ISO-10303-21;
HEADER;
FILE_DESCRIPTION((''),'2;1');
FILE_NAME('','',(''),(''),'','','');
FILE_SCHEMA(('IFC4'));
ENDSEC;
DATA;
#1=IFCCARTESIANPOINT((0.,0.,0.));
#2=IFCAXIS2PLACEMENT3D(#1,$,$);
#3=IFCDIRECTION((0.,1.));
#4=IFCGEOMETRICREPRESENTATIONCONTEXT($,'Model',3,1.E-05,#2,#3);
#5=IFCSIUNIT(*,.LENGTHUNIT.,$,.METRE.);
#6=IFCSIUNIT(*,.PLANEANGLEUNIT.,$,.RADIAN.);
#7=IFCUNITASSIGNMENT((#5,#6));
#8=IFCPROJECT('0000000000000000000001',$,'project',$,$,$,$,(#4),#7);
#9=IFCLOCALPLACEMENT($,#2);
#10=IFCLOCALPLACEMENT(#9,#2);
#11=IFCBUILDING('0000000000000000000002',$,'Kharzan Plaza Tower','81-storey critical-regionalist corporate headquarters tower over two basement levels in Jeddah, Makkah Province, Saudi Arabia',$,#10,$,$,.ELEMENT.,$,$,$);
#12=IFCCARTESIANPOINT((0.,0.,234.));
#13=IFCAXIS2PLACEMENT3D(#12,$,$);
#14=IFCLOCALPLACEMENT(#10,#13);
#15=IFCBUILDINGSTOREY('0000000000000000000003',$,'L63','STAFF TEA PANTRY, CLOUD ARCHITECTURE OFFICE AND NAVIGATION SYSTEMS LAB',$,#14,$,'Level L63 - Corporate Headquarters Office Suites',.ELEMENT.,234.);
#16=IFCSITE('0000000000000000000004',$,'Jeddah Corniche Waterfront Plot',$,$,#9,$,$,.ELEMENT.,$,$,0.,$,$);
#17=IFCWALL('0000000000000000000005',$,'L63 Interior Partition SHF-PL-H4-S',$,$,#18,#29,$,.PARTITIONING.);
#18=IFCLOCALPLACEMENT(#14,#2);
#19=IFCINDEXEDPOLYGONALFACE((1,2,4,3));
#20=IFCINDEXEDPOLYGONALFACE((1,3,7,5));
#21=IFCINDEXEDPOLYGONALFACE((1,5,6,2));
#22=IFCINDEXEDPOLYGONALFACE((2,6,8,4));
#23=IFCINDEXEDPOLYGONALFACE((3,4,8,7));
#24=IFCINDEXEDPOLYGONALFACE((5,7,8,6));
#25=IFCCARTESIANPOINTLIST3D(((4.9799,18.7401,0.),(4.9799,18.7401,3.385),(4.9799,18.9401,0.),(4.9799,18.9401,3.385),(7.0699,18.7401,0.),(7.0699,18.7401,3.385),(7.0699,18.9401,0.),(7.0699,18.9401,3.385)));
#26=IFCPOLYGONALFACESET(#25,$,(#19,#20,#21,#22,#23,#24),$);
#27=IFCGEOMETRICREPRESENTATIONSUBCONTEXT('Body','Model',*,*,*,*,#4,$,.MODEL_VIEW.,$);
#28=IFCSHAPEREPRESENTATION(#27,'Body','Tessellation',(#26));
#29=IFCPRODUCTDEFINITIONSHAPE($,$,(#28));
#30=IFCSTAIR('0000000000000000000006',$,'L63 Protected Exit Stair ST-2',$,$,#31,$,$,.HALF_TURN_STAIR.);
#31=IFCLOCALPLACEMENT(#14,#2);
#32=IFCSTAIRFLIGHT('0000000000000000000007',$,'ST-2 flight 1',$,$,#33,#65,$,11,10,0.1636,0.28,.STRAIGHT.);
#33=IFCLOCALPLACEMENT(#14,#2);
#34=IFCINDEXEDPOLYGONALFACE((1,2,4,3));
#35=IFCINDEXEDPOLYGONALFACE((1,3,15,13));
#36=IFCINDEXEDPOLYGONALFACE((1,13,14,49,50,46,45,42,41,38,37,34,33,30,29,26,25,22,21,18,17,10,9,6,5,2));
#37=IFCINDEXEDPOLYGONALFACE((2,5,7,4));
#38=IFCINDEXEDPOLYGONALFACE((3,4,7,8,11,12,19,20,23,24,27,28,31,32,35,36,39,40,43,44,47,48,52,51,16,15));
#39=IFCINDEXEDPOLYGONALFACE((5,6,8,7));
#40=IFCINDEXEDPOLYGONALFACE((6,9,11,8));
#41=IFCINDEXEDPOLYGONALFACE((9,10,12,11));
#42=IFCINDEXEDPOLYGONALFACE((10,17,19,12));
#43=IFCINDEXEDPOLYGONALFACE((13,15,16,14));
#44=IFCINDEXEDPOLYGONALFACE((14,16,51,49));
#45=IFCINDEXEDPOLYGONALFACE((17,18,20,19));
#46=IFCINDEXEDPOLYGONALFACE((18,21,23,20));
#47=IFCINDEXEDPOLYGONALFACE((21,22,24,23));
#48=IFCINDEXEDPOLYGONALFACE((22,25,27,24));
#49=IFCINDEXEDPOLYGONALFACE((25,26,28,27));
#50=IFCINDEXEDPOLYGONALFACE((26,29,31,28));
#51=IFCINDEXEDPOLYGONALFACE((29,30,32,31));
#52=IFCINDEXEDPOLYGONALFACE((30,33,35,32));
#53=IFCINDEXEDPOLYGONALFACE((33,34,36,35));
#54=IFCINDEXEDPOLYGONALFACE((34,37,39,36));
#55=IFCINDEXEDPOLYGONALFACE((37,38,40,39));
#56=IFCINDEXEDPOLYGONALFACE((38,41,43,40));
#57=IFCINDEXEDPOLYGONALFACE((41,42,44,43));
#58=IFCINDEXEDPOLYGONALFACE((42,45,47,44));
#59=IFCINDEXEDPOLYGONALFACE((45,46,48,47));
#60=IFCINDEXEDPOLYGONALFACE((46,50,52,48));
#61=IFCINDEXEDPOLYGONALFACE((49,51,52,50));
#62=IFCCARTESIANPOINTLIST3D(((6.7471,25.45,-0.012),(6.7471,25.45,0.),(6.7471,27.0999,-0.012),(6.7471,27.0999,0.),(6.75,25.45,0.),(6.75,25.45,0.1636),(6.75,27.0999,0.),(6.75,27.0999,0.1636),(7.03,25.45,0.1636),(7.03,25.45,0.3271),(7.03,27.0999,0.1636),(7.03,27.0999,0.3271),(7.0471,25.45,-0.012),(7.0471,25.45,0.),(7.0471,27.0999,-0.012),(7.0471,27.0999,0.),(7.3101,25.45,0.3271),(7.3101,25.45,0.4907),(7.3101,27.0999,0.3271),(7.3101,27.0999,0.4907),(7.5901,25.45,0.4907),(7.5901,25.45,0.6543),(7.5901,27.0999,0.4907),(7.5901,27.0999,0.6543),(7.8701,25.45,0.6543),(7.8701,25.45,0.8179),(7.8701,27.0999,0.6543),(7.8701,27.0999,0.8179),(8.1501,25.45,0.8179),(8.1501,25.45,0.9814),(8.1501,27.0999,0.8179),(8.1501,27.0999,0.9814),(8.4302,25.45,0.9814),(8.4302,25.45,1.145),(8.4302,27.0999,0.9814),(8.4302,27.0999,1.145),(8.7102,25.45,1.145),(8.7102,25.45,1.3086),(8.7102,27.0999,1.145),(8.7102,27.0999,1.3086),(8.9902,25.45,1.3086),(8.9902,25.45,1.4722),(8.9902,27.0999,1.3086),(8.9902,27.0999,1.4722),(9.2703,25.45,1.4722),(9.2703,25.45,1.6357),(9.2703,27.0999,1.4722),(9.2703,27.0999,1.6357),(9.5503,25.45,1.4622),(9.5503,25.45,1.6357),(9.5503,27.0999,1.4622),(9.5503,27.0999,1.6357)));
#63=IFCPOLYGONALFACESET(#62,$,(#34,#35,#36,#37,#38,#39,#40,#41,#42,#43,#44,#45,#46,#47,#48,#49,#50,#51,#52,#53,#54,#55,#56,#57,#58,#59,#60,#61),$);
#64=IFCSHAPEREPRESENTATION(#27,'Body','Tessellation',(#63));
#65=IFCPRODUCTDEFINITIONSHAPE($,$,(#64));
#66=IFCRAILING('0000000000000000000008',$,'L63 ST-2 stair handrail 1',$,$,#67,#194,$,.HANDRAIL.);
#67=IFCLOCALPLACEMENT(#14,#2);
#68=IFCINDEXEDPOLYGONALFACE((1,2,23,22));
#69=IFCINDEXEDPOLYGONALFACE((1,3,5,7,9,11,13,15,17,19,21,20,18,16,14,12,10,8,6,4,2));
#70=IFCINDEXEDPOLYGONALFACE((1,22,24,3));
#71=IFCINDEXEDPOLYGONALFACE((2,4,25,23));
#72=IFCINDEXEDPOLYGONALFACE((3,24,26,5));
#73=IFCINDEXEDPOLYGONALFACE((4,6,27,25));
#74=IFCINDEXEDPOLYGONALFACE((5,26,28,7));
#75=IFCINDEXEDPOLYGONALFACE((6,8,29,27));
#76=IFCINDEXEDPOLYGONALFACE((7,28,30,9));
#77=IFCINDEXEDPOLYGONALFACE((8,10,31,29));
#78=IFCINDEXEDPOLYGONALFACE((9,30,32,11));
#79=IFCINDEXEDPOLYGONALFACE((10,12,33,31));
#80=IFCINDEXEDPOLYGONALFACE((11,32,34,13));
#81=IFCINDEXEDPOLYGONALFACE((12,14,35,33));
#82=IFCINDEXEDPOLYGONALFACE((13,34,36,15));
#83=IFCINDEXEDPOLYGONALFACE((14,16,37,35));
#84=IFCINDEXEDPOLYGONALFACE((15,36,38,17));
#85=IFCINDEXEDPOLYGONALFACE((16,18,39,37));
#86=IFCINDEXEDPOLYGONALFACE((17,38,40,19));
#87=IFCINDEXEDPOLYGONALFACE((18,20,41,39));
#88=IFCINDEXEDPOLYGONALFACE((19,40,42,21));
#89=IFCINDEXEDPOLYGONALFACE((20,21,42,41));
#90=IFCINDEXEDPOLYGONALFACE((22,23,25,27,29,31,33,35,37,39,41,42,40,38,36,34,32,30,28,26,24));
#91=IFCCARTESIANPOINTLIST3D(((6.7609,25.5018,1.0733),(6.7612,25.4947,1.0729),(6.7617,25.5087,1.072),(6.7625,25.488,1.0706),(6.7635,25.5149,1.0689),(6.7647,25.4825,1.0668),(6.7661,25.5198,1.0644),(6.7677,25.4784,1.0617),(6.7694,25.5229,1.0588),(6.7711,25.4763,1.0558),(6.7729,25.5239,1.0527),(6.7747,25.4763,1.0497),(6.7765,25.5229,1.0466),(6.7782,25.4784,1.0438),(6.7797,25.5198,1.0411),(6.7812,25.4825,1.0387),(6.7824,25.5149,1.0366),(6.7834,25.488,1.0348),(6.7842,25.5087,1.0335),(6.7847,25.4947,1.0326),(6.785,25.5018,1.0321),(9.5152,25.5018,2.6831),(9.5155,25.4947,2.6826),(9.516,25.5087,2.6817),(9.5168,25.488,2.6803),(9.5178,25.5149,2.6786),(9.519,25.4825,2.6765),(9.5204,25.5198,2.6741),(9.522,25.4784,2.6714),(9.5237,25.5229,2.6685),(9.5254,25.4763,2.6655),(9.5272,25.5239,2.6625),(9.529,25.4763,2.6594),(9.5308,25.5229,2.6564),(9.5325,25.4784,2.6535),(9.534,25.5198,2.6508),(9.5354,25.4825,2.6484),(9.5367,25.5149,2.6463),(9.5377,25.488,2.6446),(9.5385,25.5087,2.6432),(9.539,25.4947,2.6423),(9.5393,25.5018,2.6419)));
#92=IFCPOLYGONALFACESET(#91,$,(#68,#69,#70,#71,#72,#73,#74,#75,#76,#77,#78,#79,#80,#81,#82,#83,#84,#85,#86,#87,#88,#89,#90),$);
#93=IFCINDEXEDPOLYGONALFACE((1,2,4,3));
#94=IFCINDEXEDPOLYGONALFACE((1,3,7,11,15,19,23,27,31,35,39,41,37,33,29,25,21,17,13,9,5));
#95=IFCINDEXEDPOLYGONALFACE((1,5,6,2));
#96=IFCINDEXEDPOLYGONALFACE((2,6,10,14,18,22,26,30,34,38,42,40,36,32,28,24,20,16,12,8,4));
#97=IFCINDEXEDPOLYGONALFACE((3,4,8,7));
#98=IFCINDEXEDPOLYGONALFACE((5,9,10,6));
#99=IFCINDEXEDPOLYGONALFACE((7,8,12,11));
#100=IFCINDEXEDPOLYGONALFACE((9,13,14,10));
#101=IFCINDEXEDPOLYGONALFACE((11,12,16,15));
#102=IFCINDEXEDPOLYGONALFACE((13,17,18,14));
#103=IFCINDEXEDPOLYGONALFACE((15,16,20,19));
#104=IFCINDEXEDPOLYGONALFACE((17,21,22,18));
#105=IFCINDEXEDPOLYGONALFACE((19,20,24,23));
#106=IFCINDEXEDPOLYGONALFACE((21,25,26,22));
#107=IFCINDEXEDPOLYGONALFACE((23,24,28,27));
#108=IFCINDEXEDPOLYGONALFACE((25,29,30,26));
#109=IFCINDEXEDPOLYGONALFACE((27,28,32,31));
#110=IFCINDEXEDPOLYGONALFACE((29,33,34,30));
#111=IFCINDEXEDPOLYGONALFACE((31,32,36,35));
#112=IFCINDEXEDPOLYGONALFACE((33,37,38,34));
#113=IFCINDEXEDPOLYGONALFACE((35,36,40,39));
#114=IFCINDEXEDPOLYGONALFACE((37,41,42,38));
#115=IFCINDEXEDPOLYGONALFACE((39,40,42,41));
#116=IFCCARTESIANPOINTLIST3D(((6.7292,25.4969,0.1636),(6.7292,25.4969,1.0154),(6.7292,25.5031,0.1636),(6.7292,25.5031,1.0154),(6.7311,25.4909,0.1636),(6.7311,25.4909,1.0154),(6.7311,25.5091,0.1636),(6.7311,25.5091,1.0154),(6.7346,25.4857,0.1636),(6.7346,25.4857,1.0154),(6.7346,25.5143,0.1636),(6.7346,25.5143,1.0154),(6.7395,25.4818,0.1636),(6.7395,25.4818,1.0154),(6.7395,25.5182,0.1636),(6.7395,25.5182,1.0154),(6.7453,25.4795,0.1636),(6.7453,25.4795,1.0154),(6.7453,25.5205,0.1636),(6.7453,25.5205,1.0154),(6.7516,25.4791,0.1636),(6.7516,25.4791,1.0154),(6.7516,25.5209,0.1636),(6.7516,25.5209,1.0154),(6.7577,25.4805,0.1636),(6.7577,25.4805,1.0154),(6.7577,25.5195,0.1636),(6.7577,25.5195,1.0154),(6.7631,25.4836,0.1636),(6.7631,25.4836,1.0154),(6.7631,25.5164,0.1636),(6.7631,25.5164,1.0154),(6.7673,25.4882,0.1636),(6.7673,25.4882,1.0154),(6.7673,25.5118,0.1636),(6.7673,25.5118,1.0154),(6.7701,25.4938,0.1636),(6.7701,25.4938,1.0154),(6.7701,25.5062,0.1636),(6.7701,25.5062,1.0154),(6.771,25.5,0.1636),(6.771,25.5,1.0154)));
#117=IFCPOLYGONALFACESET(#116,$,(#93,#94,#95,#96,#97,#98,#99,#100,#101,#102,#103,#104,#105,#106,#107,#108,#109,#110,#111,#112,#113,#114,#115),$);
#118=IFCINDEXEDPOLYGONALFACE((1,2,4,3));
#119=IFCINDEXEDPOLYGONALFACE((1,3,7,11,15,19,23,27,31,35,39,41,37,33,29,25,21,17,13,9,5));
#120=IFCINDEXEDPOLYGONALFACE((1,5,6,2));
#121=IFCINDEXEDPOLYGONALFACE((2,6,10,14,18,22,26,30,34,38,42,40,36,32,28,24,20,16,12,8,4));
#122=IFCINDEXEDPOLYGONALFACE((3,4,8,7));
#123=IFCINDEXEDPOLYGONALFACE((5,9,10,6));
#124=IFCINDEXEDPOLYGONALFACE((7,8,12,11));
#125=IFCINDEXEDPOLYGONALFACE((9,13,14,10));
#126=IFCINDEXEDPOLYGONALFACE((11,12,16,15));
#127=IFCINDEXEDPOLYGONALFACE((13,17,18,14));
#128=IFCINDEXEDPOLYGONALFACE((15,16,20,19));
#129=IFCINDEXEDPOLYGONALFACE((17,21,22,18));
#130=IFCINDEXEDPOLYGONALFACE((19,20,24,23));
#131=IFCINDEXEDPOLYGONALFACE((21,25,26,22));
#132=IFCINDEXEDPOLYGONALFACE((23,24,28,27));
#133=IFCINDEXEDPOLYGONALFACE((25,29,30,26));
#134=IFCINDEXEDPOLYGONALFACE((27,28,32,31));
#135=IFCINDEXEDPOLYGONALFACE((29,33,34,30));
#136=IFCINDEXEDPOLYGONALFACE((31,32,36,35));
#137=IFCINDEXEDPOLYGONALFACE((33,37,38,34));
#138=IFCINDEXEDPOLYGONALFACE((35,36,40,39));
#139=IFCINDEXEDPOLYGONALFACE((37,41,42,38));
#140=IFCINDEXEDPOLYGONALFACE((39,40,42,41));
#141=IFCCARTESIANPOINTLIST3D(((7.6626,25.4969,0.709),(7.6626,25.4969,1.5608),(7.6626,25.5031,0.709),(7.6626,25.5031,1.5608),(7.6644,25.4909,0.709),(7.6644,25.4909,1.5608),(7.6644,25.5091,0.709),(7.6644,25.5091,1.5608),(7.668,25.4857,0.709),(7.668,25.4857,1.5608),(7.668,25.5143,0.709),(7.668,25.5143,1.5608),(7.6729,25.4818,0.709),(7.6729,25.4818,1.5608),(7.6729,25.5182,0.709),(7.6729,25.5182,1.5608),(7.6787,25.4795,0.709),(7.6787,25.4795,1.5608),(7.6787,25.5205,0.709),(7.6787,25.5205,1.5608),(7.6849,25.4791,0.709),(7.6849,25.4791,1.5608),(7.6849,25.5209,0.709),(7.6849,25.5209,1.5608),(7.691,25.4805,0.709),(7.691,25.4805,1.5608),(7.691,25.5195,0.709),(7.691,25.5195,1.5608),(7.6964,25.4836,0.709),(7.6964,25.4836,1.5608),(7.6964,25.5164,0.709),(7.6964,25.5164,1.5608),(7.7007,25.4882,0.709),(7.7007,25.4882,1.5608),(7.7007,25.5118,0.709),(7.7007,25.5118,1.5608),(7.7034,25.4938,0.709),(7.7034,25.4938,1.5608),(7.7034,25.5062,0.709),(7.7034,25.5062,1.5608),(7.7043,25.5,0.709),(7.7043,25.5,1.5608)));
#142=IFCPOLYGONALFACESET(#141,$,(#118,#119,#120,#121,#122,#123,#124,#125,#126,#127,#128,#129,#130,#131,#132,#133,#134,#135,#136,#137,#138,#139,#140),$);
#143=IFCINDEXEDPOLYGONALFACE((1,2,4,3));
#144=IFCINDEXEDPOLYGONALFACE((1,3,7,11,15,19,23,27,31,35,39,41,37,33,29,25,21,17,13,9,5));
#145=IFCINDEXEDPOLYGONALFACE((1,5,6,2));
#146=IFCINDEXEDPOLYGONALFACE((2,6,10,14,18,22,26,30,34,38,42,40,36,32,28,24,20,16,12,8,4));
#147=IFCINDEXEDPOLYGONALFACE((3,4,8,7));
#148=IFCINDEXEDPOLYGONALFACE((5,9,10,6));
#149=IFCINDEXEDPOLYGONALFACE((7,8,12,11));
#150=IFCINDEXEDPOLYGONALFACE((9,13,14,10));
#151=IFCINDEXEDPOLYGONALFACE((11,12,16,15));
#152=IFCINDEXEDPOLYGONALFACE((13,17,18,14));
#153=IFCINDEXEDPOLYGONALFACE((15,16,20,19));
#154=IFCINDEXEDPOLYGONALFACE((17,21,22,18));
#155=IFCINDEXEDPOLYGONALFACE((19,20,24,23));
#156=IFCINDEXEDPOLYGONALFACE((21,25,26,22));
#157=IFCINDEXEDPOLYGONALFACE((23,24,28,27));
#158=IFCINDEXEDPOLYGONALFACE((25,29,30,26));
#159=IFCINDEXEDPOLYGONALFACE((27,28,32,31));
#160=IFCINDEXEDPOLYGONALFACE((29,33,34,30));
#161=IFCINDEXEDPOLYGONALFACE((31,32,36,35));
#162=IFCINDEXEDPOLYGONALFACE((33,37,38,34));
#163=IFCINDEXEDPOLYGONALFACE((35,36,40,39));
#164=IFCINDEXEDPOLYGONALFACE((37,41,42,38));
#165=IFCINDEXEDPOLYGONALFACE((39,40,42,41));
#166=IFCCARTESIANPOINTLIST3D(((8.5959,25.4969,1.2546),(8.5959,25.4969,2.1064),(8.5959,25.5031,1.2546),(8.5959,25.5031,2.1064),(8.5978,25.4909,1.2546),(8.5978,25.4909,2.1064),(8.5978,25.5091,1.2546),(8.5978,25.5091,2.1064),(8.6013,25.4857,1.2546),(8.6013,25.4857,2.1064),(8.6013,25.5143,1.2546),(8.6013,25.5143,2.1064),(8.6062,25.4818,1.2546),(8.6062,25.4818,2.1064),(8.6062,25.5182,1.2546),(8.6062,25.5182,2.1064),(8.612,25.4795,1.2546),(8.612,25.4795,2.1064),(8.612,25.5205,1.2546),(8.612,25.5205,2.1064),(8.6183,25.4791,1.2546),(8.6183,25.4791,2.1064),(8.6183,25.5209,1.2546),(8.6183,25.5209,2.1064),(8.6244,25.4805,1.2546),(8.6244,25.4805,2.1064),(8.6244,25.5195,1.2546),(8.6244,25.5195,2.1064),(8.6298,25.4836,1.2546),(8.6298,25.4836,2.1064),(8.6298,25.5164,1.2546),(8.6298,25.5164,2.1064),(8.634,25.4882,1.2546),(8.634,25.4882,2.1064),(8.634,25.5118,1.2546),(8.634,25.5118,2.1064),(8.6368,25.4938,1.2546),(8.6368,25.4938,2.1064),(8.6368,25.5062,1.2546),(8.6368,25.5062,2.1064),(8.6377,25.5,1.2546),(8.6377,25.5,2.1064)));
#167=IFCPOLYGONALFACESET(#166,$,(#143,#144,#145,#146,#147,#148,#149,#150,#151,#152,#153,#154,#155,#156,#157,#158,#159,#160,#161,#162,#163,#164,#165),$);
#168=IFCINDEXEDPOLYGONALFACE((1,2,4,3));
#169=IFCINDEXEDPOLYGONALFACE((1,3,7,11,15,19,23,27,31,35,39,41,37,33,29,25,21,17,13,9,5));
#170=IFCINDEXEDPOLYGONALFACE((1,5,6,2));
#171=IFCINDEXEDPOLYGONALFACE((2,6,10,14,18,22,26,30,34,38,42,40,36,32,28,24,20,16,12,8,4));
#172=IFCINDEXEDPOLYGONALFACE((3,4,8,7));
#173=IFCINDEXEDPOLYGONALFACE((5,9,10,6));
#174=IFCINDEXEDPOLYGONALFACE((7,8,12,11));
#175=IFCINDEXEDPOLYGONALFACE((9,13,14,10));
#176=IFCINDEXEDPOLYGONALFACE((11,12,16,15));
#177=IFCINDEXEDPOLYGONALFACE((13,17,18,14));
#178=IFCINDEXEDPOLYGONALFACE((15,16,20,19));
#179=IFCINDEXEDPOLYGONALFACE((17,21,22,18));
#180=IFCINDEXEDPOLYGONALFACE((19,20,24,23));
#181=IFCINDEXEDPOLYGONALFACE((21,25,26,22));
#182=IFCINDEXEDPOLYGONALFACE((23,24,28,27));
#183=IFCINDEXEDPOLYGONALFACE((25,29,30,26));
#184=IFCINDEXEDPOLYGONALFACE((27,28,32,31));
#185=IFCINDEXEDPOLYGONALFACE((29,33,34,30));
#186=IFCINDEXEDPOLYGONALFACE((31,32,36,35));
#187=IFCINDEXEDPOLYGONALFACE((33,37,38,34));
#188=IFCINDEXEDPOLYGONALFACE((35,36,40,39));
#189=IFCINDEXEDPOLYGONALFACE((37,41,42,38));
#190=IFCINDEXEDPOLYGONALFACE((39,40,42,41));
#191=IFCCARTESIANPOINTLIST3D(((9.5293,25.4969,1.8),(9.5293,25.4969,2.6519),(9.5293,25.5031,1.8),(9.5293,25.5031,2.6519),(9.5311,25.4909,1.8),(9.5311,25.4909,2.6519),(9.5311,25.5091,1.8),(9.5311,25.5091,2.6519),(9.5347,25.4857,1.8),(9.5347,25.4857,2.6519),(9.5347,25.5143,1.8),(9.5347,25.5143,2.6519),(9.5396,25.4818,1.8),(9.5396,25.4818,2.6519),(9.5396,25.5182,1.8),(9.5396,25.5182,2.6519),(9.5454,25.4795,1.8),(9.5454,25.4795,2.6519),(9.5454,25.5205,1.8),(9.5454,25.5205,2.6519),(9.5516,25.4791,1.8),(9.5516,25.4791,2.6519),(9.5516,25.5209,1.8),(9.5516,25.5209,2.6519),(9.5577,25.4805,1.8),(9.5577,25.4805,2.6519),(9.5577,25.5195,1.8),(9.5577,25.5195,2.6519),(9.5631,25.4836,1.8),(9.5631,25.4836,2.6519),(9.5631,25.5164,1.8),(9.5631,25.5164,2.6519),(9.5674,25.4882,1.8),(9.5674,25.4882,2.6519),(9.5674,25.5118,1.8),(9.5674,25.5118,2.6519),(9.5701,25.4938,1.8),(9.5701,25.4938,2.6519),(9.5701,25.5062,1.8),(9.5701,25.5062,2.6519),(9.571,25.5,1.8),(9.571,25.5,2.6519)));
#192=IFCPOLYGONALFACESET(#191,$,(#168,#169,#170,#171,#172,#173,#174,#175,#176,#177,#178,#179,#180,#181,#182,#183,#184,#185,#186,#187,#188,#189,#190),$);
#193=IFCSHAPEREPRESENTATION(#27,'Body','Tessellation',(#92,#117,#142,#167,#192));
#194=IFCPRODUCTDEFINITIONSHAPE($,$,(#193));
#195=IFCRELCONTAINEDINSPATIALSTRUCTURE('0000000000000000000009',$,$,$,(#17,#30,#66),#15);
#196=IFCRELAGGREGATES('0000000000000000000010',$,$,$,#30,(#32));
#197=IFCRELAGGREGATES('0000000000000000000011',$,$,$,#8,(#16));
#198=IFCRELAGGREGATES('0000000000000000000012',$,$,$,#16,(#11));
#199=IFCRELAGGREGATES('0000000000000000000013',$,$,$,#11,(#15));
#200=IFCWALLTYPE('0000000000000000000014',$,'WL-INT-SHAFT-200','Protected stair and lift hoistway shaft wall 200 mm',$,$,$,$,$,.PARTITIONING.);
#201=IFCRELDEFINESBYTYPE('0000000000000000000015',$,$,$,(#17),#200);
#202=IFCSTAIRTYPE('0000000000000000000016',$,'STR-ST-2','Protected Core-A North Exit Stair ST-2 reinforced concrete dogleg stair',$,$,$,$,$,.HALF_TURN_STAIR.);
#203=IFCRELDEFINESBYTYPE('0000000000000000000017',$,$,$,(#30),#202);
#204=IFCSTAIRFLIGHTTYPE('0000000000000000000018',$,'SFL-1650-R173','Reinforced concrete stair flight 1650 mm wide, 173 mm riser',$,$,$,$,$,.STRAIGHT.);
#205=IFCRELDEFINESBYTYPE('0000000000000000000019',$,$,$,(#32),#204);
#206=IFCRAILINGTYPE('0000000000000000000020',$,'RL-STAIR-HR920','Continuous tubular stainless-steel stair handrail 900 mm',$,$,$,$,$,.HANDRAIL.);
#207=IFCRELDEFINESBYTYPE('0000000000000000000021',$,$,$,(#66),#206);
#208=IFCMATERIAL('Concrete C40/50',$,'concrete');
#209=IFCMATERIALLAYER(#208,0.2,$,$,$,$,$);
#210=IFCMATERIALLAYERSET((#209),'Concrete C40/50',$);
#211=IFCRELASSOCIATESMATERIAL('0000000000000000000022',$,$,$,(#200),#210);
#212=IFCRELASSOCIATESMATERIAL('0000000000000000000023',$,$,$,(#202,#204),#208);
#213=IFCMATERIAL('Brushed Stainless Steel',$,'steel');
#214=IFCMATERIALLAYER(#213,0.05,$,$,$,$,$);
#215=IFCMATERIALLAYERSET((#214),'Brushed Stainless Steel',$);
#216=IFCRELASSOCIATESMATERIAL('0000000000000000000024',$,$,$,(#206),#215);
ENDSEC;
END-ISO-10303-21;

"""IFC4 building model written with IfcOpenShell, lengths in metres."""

from ifc_helpers import new_model, si_unit, direction, frame, frame_2d, origin, origin_2d, place, context, subcontext, project, spatial, polyline, rectangle, circle, outline, extrude, source, transform, mapped, material, layer, layer_set, type_object, element, aggregate, save


model = new_model("IFC4")

# Units and contexts
model_context = context("Model", 3, precision=1e-05, world=origin(), true_north=direction((0.0, 1.0)))
body_context = subcontext(model_context, "Body", "Model", "MODEL_VIEW")
ifc_project = project(units=[si_unit("LENGTHUNIT", "METRE"), si_unit("PLANEANGLEUNIT", "RADIAN")], contexts=[model_context])

# Site, building, storey
site_placement = place(None, origin())
site = spatial("IfcSite", under=ifc_project, at=site_placement, Name="Jeddah Corniche Waterfront Plot", CompositionType="ELEMENT", RefElevation=0.0)
building_placement = place(site_placement, origin())
building = spatial("IfcBuilding", under=site, at=building_placement, Name="Kharzan Plaza Tower", Description="81-storey critical-regionalist corporate headquarters tower over two basement levels in Jeddah, Makkah Province, Saudi Arabia", CompositionType="ELEMENT")
storey_placement = place(building_placement, frame((0.0, 0.0, 234.0)))
storey = spatial("IfcBuildingStorey", under=building, at=storey_placement, Name="L63", Description="STAFF TEA PANTRY, CLOUD ARCHITECTURE OFFICE AND NAVIGATION SYSTEMS LAB", LongName="Level L63 - Corporate Headquarters Office Suites", CompositionType="ELEMENT", Elevation=234.0)

# Shared definitions
ifc_material_1 = material(Name="Concrete C40/50", Category="concrete")

# Wall
ifc_layer_1 = layer(ifc_material_1, 0.2)
ifc_layer_set_1 = layer_set([ifc_layer_1], Name="Concrete C40/50")
wall_type_1 = type_object("IfcWallType", Name="WL-INT-SHAFT-200", Description="Protected stair and lift hoistway shaft wall 200 mm", PredefinedType="PARTITIONING", material=ifc_layer_set_1)
shared_shape_1 = source(origin(), body_context, "Body", "SweptSolid", [
    extrude(rectangle(XDim=2.0901, YDim=0.2, at=frame_2d((1.0449, 0.0))), origin(), (0.0, 0.0, 1.0), 3.385),
])
wall_1_placement = place(storey_placement, frame((4.98, 18.8401, 0.0), z_axis=(0.0, 0.0, 1.0), x_axis=(1.0, 0.0, 0.0)))
element("IfcWall", 1, at=wall_1_placement, inside=storey, type_object=wall_type_1, Name="L63 Interior Partition SHF-PL-H4-S", PredefinedType="PARTITIONING", context=body_context, shape_type="MappedRepresentation", body=[
    mapped(shared_shape_1, transform((0.0, 0.0, 0.0), x_axis=(1.0, 0.0, 0.0), y_axis=(0.0, 1.0, 0.0), z_axis=(0.0, 0.0, 1.0))),
])

# Stair, stair flight
stair_type = type_object("IfcStairType", Name="STR-ST-2", Description="Protected Core-A North Exit Stair ST-2 reinforced concrete dogleg stair", PredefinedType="HALF_TURN_STAIR", material=ifc_material_1)
stair_placement = place(storey_placement, origin())
stair = element("IfcStair", 2, at=stair_placement, inside=storey, type_object=stair_type, Name="L63 Protected Exit Stair ST-2", PredefinedType="HALF_TURN_STAIR")
stair_flight_type = type_object("IfcStairFlightType", Name="SFL-1650-R173", Description="Reinforced concrete stair flight 1650 mm wide, 173 mm riser", PredefinedType="STRAIGHT", material=ifc_material_1)
shared_shape_2 = source(origin(), body_context, "Body", "SweptSolid", [
    extrude(outline(polyline([(-0.0029, -0.012), (-0.0029, 0.0), (0.0, 0.0), (0.0, 0.1636), (0.28, 0.1636), (0.28, 0.3271), (0.5601, 0.3271), (0.5601, 0.4907), (0.8401, 0.4907), (0.8401, 0.6543), (1.1201, 0.6543), (1.1201, 0.8179), (1.4001, 0.8179), (1.4001, 0.9814), (1.6802, 0.9814), (1.6802, 1.145), (1.9602, 1.145), (1.9602, 1.3086), (2.2402, 1.3086), (2.2402, 1.4722), (2.5203, 1.4722), (2.5203, 1.6357), (2.8003, 1.6357), (2.8003, 1.7993), (2.8003, 1.4622), (0.2971, 0.0), (0.2971, -0.012), (-0.0029, -0.012)])), frame((0.0, 0.825, 0.0), z_axis=(0.0, -1.0, 0.0), x_axis=(1.0, 0.0, 0.0)), (0.0, 0.0, 1.0), 1.6499),
])
stair_flight_placement = place(storey_placement, frame((6.75, 26.2749, 0.0), z_axis=(0.0, 0.0, 1.0), x_axis=(1.0, 0.0, 0.0)))
stair_flight = element("IfcStairFlight", 3, at=stair_flight_placement, type_object=stair_flight_type, Name="ST-2 flight 1", NumberOfRisers=11, NumberOfTreads=10, PredefinedType="STRAIGHT", RiserHeight=0.1636, TreadLength=0.28, context=body_context, shape_type="MappedRepresentation", body=[
    mapped(shared_shape_2, transform((0.0, 0.0, 0.0), x_axis=(1.0, 0.0, 0.0), y_axis=(0.0, 1.0, 0.0), z_axis=(0.0, 0.0, 1.0))),
])
aggregate(stair, [stair_flight])

# Railing
ifc_material_2 = material(Name="Brushed Stainless Steel", Category="steel")
ifc_layer_2 = layer(ifc_material_2, 0.05)
ifc_layer_set_2 = layer_set([ifc_layer_2], Name="Brushed Stainless Steel")
railing_type = type_object("IfcRailingType", Name="RL-STAIR-HR920", Description="Continuous tubular stainless-steel stair handrail 900 mm", PredefinedType="HANDRAIL", material=ifc_layer_set_2)
shared_shape_3 = source(origin(), body_context, "Body", "SweptSolid", [
    extrude(circle(Radius=0.0239, at=origin_2d()), frame((0.0229, 0.0, 0.8892), z_axis=(0.863361, 0.0, 0.504587), x_axis=(0.0, 1.0, 0.0)), (0.0, 0.0, 1.0), 3.1902),
    extrude(circle(Radius=0.021, at=origin_2d()), origin(), (0.0, 0.0, 1.0), 0.8518),
    extrude(circle(Radius=0.021, at=origin_2d()), frame((0.9333, 0.0, 0.5454)), (0.0, 0.0, 1.0), 0.8518),
    extrude(circle(Radius=0.021, at=origin_2d()), frame((1.8667, 0.0, 1.0911)), (0.0, 0.0, 1.0), 0.8518),
    extrude(circle(Radius=0.021, at=origin_2d()), frame((2.8, 0.0, 1.6365)), (0.0, 0.0, 1.0), 0.8518),
])
railing_placement = place(storey_placement, frame((6.75, 25.5, 0.1636)))
element("IfcRailing", 4, at=railing_placement, inside=storey, type_object=railing_type, Name="L63 ST-2 stair handrail 1", PredefinedType="HANDRAIL", context=body_context, shape_type="MappedRepresentation", body=[
    mapped(shared_shape_3, transform((0.0, 0.0, 0.0), x_axis=(1.0, 0.0, 0.0), y_axis=(0.0, 1.0, 0.0), z_axis=(0.0, 0.0, 1.0))),
])

save(model, "model.ifc")
